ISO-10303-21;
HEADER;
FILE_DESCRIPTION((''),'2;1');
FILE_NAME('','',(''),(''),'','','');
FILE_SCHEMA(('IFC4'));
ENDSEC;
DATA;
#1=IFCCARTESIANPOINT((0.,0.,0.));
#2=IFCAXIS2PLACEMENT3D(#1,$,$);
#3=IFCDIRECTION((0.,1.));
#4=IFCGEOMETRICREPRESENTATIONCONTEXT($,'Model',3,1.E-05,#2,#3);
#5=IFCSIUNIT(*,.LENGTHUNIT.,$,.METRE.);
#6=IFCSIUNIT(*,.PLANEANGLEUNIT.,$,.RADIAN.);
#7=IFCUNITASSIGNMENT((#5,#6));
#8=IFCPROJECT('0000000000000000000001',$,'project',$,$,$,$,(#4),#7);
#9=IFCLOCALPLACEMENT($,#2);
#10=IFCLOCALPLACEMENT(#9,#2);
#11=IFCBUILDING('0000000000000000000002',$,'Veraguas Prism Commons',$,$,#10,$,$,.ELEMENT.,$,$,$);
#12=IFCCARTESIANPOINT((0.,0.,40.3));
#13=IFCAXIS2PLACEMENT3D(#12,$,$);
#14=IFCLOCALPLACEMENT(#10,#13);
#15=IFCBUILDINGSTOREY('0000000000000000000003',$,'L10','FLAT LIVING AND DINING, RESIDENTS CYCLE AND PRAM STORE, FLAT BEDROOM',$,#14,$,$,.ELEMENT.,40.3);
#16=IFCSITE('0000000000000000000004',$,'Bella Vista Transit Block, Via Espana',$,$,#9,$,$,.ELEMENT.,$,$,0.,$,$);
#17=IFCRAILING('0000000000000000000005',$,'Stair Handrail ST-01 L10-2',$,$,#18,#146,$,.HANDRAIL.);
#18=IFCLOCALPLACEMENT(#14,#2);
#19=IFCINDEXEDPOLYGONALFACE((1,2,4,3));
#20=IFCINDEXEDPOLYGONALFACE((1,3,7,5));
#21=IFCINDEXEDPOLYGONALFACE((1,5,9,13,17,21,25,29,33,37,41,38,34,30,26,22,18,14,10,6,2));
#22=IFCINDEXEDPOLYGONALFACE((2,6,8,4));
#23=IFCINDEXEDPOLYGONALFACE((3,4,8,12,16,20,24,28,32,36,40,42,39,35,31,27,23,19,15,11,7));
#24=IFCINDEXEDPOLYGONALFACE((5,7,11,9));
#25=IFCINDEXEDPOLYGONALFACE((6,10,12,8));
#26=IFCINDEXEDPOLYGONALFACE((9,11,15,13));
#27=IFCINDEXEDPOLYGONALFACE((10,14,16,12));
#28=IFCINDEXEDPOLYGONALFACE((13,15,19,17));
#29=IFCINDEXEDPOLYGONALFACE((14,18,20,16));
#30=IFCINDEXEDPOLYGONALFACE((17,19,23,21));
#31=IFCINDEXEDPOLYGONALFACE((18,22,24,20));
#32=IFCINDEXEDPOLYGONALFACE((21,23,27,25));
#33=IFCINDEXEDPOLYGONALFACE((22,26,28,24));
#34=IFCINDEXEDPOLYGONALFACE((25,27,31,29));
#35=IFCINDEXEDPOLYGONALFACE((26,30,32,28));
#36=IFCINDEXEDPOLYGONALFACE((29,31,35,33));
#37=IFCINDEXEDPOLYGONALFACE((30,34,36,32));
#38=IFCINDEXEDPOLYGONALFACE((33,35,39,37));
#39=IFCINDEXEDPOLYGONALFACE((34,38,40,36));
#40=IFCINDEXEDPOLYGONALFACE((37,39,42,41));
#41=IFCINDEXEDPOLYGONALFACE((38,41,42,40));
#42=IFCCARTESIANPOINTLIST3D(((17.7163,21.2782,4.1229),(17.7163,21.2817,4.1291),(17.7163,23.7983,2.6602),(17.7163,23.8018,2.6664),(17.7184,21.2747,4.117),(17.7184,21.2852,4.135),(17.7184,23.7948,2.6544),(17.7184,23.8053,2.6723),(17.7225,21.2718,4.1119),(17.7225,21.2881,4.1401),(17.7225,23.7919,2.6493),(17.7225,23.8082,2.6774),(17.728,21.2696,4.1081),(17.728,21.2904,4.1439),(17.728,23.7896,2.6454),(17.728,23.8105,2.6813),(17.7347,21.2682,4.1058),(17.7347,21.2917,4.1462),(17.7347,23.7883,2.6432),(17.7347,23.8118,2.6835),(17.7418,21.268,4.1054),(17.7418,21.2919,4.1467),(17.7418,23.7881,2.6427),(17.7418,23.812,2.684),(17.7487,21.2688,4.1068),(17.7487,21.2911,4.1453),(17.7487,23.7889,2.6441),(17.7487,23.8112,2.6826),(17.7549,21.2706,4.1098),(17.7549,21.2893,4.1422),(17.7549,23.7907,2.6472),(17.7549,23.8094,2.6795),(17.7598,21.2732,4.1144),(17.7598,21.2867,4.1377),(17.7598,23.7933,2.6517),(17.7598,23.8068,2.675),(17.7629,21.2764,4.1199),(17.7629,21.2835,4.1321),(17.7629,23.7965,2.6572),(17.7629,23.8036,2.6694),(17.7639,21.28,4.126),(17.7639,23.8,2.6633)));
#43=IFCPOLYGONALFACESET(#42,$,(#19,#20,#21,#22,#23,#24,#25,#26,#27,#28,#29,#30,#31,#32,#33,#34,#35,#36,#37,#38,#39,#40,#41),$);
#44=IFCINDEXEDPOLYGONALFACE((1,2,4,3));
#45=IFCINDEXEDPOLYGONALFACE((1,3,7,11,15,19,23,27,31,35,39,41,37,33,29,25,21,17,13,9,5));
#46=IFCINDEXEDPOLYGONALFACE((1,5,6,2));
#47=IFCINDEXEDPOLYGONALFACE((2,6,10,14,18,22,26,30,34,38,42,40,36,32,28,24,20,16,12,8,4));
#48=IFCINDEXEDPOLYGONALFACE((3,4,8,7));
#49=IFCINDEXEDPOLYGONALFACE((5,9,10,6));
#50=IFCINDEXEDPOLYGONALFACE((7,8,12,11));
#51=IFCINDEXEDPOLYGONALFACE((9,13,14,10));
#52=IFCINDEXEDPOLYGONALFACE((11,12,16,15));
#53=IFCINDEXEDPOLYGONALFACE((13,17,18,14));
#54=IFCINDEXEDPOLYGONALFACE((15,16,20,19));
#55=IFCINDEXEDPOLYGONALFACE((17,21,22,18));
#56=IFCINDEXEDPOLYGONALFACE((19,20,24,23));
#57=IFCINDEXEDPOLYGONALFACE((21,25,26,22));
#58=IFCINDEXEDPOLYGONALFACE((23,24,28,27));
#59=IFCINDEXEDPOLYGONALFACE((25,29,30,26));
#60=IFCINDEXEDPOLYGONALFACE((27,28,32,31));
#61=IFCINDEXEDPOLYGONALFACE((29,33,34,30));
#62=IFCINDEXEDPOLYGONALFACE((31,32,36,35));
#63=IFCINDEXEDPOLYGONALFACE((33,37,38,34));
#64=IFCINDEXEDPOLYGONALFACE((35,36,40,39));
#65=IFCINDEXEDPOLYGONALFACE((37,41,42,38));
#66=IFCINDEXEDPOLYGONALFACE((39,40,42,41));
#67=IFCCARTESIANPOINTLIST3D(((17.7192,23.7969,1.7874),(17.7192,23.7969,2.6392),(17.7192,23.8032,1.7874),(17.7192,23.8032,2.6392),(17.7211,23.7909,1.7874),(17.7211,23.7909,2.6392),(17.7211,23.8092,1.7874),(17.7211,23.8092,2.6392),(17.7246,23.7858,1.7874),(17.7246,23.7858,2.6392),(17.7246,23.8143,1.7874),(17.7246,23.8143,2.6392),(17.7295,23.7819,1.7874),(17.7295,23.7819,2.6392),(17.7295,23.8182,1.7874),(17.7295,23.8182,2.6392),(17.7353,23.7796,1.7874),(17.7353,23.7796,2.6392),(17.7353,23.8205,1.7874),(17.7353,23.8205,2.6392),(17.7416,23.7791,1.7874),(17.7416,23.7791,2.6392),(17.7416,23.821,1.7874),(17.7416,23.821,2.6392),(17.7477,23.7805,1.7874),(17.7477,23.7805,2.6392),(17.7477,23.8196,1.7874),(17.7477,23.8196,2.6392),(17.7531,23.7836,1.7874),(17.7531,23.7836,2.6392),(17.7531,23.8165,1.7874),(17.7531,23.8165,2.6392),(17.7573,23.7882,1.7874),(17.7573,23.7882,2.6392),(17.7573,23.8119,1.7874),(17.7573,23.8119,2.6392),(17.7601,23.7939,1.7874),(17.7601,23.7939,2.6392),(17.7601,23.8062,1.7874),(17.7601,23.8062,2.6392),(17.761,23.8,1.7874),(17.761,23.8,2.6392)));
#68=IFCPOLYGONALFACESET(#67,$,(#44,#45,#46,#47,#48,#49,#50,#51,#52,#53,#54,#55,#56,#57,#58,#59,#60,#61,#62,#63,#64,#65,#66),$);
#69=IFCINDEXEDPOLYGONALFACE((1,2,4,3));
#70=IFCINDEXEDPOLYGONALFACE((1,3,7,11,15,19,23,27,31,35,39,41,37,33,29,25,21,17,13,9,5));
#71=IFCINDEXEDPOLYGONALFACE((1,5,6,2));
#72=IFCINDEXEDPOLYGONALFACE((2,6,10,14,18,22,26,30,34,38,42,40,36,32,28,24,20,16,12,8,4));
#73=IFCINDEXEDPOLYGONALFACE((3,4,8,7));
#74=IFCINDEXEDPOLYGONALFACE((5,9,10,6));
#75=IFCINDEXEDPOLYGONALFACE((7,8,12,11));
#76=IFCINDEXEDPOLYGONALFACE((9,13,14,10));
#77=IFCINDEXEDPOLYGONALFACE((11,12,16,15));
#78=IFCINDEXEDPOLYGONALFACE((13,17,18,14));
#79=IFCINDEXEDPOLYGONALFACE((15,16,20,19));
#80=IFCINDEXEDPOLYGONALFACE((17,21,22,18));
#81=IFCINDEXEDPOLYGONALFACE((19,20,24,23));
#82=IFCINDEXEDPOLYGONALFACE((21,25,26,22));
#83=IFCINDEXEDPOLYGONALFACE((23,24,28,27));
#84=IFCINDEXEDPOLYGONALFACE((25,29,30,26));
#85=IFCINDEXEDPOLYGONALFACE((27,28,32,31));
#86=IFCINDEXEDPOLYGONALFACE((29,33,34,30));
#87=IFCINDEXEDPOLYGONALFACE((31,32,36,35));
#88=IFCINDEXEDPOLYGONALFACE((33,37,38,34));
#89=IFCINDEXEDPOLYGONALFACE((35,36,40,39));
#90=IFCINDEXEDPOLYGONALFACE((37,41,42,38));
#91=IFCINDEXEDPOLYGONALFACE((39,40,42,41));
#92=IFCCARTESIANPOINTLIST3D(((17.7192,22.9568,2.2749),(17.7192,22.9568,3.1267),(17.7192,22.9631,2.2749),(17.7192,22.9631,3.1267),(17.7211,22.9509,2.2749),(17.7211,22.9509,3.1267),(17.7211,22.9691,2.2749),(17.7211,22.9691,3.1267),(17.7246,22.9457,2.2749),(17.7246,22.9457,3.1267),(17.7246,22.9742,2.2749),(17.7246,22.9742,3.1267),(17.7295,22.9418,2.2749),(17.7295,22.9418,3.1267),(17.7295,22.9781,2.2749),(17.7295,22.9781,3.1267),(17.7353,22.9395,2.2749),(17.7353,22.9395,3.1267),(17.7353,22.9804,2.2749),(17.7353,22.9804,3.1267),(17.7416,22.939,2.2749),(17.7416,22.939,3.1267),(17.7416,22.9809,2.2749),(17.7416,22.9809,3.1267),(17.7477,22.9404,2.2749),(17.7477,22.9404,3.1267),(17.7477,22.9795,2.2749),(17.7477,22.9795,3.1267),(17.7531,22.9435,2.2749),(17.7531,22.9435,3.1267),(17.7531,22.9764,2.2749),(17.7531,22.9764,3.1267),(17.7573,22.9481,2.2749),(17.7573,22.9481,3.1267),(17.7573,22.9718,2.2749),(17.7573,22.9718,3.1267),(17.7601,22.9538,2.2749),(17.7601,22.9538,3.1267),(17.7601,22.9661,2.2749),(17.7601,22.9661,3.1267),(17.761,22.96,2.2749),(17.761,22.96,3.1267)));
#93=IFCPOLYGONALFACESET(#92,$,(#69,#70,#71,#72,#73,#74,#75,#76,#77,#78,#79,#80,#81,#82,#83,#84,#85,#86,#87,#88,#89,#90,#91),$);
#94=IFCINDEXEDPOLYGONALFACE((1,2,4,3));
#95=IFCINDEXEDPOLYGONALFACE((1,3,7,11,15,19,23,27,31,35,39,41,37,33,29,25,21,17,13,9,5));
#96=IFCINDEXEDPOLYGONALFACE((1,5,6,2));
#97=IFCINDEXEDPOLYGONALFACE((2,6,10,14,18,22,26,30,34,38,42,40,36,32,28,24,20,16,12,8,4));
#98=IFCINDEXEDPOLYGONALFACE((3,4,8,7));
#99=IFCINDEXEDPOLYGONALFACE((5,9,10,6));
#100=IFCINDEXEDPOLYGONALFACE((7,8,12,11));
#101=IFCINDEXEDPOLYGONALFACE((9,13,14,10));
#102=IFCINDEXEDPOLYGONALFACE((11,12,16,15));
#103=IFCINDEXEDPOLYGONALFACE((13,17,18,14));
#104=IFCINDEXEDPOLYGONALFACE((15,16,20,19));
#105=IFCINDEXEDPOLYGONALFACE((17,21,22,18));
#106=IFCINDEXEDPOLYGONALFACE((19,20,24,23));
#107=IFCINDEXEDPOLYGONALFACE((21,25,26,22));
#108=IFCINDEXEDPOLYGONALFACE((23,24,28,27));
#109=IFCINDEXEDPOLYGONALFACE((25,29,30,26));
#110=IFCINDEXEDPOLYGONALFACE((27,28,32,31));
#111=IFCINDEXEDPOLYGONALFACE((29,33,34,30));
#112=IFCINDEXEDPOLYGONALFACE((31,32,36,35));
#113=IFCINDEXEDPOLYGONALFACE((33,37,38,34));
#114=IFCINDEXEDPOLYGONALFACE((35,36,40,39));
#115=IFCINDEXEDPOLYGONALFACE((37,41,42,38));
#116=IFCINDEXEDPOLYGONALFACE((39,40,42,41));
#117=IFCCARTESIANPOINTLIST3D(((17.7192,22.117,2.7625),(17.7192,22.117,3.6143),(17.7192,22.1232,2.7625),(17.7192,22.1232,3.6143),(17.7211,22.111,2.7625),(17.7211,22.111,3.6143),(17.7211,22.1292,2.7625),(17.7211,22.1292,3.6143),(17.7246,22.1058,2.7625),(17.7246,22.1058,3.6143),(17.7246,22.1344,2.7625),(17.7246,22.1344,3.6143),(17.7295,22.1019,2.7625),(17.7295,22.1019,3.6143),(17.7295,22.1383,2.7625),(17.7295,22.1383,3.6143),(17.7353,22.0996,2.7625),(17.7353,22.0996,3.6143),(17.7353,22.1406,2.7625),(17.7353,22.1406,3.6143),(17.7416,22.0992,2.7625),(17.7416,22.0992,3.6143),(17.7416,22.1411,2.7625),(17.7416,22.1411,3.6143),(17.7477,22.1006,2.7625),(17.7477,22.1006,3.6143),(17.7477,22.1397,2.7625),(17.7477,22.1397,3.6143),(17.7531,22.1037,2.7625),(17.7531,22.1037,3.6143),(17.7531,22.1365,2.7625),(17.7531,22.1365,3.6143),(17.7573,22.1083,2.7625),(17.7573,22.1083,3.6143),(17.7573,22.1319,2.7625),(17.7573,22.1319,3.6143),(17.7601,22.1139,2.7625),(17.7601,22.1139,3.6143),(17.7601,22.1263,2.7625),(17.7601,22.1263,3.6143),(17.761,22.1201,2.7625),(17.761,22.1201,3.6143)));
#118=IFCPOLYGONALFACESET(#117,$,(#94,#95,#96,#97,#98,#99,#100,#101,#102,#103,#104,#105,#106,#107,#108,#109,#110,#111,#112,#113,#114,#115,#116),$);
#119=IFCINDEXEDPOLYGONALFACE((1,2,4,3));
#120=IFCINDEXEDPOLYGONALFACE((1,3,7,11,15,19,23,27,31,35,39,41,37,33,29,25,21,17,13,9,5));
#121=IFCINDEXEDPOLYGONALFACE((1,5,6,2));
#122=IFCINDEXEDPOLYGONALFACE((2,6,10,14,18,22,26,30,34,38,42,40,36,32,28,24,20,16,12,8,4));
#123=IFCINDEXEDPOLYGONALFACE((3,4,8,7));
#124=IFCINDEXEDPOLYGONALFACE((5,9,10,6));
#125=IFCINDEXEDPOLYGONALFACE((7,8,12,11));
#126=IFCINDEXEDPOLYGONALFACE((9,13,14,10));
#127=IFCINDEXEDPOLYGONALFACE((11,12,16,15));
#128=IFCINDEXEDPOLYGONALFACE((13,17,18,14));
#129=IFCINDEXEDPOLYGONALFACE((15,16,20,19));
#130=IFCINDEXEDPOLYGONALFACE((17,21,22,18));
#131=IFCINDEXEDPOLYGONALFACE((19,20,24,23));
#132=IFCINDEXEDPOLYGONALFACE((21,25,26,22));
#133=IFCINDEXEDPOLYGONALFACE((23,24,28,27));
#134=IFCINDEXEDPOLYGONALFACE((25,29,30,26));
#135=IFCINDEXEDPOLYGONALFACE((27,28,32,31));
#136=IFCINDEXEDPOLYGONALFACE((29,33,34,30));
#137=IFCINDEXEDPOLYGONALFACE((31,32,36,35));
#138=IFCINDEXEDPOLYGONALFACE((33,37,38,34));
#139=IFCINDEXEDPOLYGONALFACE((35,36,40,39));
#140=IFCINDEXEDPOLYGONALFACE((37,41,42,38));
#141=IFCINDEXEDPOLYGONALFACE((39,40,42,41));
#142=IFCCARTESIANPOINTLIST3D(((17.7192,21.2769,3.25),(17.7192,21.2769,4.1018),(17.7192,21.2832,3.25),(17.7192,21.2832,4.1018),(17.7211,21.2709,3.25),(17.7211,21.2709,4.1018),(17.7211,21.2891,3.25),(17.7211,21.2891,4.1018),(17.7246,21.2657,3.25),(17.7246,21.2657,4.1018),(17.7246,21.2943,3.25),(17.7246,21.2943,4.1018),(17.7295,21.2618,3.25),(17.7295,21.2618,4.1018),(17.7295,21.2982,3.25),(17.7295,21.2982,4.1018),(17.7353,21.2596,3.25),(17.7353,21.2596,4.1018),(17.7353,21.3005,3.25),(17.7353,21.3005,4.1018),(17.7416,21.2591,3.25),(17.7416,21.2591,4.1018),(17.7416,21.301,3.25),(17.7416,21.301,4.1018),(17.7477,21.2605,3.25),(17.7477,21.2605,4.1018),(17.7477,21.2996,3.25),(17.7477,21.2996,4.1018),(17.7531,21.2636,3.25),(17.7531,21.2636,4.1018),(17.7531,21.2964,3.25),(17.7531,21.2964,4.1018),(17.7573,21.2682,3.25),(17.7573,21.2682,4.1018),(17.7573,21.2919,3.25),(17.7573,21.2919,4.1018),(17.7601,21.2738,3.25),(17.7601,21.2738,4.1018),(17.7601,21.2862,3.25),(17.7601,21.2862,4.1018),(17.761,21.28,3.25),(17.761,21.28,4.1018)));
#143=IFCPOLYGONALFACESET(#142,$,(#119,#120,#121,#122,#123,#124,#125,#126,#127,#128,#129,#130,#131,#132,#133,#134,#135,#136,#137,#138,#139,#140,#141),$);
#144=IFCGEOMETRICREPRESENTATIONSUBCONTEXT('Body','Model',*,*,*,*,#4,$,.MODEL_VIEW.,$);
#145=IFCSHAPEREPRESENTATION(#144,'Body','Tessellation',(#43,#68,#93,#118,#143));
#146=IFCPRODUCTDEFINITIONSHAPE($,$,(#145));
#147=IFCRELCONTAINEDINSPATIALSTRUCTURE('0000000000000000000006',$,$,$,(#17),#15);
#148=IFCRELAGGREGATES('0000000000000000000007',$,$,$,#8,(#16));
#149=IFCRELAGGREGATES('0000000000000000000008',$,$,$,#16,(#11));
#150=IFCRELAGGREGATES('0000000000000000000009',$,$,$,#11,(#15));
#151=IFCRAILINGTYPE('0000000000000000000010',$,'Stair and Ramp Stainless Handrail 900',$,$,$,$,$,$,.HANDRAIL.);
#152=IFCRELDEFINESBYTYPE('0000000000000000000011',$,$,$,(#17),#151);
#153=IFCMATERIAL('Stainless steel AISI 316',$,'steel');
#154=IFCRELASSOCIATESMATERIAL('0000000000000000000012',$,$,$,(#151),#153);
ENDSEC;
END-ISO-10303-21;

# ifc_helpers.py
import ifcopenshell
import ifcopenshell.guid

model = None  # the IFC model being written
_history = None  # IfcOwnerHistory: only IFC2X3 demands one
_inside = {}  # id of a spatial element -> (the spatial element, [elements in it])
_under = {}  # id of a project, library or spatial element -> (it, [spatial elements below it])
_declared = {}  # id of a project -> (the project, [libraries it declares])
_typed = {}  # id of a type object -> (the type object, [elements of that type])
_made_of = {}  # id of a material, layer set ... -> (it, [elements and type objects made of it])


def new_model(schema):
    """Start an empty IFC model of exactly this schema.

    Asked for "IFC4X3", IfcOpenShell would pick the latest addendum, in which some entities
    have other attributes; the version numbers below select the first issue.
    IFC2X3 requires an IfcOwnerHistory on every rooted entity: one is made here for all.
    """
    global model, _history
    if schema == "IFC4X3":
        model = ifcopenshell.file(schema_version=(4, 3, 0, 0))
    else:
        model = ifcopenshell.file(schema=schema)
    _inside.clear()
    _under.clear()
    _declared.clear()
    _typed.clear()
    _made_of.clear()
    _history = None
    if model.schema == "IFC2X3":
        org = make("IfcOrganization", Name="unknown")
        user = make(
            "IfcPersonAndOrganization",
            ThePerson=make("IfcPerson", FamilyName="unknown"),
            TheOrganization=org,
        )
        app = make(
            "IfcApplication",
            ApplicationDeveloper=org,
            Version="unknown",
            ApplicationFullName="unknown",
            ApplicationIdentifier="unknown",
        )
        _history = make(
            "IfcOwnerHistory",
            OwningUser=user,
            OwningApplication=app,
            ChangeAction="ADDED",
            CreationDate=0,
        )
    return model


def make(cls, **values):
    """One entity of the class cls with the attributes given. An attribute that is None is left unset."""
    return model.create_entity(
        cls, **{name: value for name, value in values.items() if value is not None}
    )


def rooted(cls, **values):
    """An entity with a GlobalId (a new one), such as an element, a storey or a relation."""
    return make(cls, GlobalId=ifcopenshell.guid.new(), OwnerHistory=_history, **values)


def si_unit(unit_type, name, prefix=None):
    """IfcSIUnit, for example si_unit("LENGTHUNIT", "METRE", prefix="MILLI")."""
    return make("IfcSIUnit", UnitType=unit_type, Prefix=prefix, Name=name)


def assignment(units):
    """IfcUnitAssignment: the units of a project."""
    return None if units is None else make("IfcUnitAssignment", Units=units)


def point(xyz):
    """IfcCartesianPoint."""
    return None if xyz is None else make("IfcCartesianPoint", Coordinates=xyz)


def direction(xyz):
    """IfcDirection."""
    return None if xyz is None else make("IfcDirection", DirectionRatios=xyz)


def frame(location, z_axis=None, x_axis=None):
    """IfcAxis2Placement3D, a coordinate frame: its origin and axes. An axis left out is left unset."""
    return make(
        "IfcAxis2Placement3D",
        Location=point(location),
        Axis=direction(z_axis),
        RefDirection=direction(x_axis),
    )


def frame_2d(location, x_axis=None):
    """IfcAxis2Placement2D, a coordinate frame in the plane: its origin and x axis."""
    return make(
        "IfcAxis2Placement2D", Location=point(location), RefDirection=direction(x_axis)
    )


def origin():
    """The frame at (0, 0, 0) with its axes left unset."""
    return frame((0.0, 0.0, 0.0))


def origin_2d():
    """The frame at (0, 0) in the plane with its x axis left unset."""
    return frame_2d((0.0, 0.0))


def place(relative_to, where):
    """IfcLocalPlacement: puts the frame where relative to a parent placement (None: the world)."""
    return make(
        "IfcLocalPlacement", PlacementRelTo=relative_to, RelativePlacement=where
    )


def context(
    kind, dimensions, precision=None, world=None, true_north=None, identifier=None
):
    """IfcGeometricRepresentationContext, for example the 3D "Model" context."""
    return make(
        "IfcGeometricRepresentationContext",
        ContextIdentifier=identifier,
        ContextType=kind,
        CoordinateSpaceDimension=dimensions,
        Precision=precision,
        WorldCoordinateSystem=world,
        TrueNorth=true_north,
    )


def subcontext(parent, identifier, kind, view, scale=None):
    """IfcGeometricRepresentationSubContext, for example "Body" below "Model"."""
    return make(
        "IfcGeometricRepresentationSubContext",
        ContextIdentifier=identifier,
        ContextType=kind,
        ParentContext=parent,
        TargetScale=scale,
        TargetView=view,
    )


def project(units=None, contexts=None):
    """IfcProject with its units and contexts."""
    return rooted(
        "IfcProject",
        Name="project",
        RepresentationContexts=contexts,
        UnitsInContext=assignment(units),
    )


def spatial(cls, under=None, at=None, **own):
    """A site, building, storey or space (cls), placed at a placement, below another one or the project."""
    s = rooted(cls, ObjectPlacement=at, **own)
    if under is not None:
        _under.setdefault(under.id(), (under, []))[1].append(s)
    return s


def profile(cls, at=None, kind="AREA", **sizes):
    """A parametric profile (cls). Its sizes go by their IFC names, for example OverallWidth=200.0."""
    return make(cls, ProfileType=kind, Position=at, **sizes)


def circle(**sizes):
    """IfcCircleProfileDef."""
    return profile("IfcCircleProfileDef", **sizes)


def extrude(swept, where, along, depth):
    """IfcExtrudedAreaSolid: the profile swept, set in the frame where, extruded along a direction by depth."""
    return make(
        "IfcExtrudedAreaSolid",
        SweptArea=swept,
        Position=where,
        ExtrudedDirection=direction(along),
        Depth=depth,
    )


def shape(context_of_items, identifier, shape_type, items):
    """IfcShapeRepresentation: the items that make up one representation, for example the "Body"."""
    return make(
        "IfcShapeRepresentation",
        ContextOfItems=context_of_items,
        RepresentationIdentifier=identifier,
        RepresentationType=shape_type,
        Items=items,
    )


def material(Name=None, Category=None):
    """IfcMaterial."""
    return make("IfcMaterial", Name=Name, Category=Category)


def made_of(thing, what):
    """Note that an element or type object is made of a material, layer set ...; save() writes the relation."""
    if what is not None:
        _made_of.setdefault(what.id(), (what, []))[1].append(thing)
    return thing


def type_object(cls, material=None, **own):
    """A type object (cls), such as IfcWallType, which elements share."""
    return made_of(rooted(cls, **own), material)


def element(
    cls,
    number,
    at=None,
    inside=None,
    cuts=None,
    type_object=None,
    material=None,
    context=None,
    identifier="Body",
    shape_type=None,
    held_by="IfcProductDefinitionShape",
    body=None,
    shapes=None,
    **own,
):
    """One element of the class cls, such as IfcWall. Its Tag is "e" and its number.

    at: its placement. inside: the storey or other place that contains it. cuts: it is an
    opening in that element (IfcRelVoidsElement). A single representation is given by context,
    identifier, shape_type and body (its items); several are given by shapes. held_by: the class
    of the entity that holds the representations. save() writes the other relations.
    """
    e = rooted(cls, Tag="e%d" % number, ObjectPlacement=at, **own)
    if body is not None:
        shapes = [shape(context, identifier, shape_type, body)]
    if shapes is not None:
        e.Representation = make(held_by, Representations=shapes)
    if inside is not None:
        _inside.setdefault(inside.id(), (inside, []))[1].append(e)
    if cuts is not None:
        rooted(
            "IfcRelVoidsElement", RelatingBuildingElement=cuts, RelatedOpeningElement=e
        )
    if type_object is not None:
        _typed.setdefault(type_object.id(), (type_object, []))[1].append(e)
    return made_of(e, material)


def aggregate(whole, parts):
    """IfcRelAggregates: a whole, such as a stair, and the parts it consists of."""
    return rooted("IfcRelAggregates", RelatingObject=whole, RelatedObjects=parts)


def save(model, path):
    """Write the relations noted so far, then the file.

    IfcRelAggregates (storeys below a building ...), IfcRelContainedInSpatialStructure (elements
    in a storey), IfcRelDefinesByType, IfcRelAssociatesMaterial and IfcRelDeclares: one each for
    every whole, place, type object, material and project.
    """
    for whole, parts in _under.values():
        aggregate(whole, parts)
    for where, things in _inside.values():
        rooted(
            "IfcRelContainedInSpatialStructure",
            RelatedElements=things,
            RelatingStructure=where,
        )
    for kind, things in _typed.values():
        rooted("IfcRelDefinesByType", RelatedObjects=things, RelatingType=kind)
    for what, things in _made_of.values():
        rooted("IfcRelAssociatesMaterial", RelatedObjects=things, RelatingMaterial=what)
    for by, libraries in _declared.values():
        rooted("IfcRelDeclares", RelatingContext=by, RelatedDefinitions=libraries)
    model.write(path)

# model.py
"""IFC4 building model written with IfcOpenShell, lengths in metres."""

from ifc_helpers import new_model, si_unit, direction, frame, origin, origin_2d, place, context, subcontext, project, spatial, circle, extrude, material, type_object, element, save


model = new_model("IFC4")

# Units and contexts
model_context = context("Model", 3, precision=1e-05, world=origin(), true_north=direction((0.0, 1.0)))
body_context = subcontext(model_context, "Body", "Model", "MODEL_VIEW")
ifc_project = project(units=[si_unit("LENGTHUNIT", "METRE"), si_unit("PLANEANGLEUNIT", "RADIAN")], contexts=[model_context])

# Site, building, storey
site_placement = place(None, origin())
site = spatial("IfcSite", under=ifc_project, at=site_placement, Name="Bella Vista Transit Block, Via Espana", CompositionType="ELEMENT", RefElevation=0.0)
building_placement = place(site_placement, origin())
building = spatial("IfcBuilding", under=site, at=building_placement, Name="Veraguas Prism Commons", CompositionType="ELEMENT")
storey_placement = place(building_placement, frame((0.0, 0.0, 40.3)))
storey = spatial("IfcBuildingStorey", under=building, at=storey_placement, Name="L10", Description="FLAT LIVING AND DINING, RESIDENTS CYCLE AND PRAM STORE, FLAT BEDROOM", CompositionType="ELEMENT", Elevation=40.3)

# Railing
ifc_material_1 = material(Name="Stainless steel AISI 316", Category="steel")
railing_type_1 = type_object("IfcRailingType", Name="Stair and Ramp Stainless Handrail 900", PredefinedType="HANDRAIL", material=ifc_material_1)
railing_1_placement = place(storey_placement, frame((17.74, 23.8, 1.7874)))
element("IfcRailing", 1, at=railing_1_placement, inside=storey, type_object=railing_type_1, Name="Stair Handrail ST-01 L10-2", PredefinedType="HANDRAIL", context=body_context, shape_type="SweptSolid", body=[
    extrude(circle(Radius=0.0239, at=origin_2d()), frame((0.0, 0.0, 0.876), z_axis=(0.0, -0.864877, 0.501984), x_axis=(1.0, 0.0, 0.0)), (0.0, 0.0, 1.0), 2.9138),
    extrude(circle(Radius=0.021, at=origin_2d()), origin(), (0.0, 0.0, 1.0), 0.8518),
    extrude(circle(Radius=0.021, at=origin_2d()), frame((0.0, -0.8401, 0.4875)), (0.0, 0.0, 1.0), 0.8518),
    extrude(circle(Radius=0.021, at=origin_2d()), frame((0.0, -1.6799, 0.9751)), (0.0, 0.0, 1.0), 0.8518),
    extrude(circle(Radius=0.021, at=origin_2d()), frame((0.0, -2.52, 1.4626)), (0.0, 0.0, 1.0), 0.8518),
])

save(model, "model.ifc")
